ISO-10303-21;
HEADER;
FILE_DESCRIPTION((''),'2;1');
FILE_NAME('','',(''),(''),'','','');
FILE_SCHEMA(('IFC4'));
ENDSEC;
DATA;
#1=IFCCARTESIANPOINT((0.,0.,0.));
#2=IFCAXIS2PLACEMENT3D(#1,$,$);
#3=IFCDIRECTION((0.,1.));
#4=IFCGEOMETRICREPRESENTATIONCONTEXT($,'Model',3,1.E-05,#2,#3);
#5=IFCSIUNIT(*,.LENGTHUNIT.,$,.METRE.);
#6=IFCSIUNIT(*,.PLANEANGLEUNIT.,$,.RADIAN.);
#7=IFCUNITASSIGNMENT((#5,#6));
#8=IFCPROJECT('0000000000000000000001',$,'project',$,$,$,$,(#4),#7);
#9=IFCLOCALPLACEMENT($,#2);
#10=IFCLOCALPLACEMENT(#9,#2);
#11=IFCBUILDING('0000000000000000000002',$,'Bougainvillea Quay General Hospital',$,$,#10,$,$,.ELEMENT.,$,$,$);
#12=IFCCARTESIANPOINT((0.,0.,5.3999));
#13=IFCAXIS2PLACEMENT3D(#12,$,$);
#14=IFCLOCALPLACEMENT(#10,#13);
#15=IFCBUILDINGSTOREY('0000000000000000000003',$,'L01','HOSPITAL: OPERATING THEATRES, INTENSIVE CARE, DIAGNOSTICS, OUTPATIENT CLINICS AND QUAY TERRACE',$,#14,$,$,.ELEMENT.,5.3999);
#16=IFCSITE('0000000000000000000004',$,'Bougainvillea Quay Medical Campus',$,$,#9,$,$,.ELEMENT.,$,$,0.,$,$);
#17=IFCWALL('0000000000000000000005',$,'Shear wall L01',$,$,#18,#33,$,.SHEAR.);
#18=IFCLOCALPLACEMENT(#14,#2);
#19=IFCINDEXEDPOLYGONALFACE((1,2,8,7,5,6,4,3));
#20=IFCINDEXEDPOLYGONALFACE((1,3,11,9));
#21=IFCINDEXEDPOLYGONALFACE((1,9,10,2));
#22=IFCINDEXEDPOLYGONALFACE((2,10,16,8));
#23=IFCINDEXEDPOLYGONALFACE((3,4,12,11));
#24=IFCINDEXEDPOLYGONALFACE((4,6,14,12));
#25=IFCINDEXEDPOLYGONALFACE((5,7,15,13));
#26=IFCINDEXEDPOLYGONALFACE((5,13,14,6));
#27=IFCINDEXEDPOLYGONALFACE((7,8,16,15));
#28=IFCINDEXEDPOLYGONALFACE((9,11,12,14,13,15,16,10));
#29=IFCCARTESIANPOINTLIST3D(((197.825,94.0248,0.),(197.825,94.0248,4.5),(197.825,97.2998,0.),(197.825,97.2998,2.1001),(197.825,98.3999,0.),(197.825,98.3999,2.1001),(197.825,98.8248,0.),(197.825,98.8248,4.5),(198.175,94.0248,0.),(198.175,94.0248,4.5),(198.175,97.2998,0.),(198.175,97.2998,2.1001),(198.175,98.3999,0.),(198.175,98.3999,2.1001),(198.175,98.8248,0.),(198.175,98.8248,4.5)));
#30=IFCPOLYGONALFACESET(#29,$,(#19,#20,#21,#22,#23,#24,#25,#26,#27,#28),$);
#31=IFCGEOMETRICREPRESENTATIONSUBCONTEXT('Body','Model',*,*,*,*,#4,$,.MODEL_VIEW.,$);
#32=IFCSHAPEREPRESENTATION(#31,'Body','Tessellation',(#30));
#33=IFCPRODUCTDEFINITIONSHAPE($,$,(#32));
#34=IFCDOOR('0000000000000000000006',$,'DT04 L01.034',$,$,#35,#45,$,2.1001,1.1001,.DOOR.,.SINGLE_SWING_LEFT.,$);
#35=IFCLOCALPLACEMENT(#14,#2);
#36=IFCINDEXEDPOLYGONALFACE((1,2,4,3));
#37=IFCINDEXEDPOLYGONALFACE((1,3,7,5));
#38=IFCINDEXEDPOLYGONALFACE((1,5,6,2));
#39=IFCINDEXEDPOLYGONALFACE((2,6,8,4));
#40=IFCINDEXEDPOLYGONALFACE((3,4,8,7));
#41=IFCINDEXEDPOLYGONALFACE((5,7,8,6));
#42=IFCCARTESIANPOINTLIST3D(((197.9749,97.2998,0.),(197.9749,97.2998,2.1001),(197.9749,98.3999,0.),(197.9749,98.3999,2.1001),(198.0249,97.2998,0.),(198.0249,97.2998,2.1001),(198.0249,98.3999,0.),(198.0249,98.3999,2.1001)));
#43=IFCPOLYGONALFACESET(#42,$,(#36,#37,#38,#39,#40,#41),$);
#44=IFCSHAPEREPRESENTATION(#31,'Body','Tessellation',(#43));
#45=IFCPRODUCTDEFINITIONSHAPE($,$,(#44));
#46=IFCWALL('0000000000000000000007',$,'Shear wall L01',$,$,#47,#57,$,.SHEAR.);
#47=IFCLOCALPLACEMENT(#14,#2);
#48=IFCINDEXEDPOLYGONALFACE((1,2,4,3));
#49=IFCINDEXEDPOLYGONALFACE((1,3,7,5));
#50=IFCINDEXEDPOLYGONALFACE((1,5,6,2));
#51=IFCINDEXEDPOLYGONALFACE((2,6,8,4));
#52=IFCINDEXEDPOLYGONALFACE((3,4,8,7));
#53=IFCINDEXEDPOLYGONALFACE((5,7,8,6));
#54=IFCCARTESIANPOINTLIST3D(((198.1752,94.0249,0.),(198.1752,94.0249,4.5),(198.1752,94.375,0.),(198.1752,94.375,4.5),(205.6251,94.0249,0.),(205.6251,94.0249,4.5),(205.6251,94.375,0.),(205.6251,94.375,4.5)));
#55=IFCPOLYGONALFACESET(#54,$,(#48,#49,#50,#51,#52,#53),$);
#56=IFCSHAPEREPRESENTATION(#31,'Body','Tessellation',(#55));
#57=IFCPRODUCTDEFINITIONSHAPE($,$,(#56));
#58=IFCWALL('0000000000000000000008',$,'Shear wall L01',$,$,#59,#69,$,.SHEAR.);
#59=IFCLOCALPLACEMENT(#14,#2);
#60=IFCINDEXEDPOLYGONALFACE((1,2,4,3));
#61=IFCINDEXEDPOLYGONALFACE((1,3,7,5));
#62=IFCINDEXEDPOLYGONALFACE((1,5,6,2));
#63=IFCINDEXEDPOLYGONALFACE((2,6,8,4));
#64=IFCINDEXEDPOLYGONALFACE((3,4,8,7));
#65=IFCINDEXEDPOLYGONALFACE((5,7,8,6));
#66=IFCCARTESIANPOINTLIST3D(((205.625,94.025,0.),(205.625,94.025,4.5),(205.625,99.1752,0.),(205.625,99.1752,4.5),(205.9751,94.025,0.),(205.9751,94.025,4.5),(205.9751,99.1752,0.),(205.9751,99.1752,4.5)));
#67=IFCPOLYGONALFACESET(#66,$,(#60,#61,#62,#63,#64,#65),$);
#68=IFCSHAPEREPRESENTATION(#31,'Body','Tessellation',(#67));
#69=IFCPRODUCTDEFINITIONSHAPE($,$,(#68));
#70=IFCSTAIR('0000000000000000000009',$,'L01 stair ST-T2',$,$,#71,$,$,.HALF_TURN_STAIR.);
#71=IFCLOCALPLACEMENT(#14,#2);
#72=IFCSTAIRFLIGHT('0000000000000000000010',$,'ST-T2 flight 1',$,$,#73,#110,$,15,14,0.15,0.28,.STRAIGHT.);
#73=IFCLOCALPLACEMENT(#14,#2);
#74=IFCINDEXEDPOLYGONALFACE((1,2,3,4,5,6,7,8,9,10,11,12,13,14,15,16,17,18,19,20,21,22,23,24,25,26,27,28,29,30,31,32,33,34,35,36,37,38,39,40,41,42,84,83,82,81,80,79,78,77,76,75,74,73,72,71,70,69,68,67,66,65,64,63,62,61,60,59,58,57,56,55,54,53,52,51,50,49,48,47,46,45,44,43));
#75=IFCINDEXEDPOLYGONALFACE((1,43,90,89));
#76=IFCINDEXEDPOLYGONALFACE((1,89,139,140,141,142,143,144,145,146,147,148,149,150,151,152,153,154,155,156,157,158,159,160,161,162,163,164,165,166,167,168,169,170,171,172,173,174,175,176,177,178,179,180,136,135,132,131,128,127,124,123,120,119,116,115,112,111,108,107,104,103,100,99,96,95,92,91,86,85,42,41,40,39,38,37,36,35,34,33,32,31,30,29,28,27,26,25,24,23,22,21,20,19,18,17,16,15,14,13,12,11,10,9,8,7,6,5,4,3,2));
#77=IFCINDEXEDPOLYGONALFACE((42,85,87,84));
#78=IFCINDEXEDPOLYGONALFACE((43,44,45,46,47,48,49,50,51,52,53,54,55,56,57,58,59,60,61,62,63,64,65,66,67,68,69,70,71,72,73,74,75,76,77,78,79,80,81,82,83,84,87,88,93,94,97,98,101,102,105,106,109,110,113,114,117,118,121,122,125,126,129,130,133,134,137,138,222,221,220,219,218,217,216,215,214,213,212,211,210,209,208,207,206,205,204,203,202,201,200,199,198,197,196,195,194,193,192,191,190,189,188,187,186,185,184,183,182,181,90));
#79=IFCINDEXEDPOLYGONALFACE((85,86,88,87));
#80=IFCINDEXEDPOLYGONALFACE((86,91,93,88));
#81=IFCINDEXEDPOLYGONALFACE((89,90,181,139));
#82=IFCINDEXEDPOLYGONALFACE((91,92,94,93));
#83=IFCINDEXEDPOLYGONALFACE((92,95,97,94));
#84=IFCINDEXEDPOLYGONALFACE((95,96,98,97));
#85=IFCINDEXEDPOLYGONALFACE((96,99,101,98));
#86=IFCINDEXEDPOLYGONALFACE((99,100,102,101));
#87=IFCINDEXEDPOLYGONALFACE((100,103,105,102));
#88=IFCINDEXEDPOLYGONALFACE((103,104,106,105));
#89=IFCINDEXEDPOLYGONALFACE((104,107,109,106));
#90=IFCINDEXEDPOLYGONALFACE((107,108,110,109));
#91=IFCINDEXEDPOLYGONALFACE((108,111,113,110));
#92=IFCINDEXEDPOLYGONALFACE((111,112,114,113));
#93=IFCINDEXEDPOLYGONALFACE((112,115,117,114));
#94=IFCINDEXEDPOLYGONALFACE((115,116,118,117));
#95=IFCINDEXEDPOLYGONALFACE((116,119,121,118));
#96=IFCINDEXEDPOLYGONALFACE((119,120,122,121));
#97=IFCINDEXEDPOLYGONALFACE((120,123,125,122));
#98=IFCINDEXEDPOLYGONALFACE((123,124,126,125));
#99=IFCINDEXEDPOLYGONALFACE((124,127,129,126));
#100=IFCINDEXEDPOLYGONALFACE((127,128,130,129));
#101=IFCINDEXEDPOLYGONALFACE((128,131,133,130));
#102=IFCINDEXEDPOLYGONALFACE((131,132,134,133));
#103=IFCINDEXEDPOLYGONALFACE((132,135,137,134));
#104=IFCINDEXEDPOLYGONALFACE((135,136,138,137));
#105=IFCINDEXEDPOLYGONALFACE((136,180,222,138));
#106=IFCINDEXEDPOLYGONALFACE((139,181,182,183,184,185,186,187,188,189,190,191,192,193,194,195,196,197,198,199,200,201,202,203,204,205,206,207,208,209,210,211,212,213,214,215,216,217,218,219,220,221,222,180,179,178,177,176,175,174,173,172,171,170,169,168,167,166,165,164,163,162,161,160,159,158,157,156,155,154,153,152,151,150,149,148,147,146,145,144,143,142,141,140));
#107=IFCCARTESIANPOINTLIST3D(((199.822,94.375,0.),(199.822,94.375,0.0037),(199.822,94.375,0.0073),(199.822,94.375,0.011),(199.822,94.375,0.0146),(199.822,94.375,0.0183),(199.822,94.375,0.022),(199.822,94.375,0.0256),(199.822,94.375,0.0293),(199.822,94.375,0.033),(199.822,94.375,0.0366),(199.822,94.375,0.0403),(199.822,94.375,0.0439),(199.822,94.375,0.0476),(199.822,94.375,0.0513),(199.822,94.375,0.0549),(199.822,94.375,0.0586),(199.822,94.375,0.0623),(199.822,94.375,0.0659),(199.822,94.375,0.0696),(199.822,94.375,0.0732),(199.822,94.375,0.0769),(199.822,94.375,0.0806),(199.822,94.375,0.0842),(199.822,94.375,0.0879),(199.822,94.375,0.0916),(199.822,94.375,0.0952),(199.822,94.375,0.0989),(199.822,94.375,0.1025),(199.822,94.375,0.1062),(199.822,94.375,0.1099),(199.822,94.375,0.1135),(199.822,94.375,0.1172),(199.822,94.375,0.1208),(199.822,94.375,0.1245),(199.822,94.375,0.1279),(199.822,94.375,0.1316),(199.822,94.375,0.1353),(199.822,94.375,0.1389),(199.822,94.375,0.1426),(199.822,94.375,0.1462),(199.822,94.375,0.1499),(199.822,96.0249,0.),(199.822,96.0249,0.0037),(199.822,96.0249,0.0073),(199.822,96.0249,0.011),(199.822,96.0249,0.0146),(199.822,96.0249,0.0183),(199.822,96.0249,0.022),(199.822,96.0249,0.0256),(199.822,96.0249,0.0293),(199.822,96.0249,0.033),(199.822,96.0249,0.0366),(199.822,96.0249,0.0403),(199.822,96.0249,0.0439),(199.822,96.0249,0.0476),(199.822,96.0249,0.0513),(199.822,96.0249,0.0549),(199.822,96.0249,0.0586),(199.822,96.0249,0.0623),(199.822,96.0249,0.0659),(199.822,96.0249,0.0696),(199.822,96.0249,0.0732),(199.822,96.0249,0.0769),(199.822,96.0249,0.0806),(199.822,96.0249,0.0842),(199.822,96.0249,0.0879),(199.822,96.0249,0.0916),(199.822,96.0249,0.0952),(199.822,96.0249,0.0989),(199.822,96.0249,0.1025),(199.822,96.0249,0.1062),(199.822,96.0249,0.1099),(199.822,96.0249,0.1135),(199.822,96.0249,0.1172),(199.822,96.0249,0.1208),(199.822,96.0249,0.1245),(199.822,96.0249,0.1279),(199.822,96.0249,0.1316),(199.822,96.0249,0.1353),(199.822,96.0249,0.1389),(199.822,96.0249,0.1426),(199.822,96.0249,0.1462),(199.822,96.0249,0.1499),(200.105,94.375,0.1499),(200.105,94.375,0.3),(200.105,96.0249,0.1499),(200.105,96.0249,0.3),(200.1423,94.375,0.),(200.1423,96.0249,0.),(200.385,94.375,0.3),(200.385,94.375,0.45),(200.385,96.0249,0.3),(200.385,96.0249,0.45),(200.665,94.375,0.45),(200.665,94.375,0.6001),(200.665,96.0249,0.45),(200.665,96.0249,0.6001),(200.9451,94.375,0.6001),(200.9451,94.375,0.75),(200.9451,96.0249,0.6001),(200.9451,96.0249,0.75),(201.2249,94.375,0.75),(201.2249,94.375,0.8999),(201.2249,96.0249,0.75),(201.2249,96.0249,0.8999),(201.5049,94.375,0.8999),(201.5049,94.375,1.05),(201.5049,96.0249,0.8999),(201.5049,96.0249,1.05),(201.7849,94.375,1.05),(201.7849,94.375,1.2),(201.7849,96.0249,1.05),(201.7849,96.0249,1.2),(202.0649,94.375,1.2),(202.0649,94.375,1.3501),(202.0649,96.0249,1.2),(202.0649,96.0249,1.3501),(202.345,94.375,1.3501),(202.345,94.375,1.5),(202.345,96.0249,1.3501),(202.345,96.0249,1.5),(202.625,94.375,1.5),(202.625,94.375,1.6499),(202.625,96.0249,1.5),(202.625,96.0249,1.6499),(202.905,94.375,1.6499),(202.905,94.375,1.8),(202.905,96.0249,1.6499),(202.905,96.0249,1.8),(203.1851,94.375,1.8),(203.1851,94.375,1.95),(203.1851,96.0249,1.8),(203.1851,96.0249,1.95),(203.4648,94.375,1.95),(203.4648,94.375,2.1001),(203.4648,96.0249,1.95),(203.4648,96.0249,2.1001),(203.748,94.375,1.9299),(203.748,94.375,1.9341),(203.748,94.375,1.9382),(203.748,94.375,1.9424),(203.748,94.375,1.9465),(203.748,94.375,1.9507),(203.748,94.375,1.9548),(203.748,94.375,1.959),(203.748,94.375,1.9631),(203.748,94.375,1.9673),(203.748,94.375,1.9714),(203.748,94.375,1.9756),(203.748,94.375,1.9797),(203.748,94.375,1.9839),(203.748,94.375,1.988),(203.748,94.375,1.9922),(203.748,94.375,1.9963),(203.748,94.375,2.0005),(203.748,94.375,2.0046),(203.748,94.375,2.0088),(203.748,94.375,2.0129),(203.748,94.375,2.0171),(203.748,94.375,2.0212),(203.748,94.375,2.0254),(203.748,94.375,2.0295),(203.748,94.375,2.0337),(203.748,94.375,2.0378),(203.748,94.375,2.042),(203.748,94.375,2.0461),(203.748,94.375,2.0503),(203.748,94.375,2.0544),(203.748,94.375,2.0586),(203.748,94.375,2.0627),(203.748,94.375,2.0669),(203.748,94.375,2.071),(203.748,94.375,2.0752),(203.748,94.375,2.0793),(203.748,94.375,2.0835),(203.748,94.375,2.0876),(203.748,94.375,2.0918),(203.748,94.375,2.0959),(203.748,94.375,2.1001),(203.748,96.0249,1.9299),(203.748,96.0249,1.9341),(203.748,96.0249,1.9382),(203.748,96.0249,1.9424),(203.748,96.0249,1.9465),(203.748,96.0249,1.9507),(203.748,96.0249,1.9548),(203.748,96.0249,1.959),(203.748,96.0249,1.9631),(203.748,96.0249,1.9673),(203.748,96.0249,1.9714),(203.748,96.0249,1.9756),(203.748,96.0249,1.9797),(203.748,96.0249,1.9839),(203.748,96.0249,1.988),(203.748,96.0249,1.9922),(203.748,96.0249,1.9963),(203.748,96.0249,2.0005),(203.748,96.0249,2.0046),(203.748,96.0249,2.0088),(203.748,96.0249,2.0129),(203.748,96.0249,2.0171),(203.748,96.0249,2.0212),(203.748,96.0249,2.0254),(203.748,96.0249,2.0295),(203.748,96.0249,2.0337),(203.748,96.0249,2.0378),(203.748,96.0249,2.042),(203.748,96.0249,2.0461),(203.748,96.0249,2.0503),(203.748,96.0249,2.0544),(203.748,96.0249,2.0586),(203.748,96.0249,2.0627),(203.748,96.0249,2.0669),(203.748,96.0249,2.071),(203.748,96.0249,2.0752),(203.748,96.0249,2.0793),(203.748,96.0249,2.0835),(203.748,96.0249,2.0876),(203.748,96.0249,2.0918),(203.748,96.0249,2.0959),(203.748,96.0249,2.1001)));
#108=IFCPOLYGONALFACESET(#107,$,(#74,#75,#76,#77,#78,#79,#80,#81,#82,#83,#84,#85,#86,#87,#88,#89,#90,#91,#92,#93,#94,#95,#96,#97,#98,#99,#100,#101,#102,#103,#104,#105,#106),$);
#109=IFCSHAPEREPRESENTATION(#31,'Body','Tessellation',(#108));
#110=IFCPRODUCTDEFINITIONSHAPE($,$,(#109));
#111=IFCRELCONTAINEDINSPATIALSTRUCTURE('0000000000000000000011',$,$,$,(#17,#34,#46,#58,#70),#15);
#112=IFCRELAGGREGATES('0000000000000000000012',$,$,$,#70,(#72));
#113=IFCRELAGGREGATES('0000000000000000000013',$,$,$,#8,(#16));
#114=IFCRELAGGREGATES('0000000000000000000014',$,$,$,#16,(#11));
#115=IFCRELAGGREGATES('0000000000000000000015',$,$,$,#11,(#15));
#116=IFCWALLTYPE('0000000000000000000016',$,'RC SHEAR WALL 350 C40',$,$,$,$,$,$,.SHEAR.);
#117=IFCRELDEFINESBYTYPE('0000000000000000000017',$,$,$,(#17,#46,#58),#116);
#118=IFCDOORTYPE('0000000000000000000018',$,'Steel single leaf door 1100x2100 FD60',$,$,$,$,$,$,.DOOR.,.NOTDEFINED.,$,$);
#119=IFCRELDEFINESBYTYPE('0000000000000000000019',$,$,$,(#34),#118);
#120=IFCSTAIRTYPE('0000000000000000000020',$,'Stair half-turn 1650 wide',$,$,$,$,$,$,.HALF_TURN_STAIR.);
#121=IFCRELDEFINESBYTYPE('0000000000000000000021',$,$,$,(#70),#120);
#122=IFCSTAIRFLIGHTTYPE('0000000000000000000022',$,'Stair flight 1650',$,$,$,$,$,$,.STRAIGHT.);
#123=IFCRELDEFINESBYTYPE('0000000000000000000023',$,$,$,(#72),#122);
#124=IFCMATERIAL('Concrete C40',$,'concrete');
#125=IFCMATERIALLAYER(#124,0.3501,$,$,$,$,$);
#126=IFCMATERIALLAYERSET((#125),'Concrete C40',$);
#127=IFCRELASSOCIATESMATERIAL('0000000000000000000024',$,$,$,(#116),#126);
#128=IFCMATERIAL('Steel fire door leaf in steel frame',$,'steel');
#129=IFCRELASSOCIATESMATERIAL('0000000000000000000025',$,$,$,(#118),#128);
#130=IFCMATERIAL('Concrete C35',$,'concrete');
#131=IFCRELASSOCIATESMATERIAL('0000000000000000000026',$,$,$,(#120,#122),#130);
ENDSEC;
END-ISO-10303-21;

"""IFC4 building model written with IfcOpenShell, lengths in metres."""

from ifc_helpers import new_model, si_unit, direction, frame, frame_2d, origin, place, context, subcontext, project, spatial, polyline, rectangle, outline, extrude, material, layer, layer_set, type_object, element, fill, aggregate, save


model = new_model("IFC4")

# Units and contexts
model_context = context("Model", 3, precision=1e-05, world=origin(), true_north=direction((0.0, 1.0)))
body_context = subcontext(model_context, "Body", "Model", "MODEL_VIEW")
ifc_project = project(units=[si_unit("LENGTHUNIT", "METRE"), si_unit("PLANEANGLEUNIT", "RADIAN")], contexts=[model_context])

# Site, building, storey
site_placement = place(None, origin())
site = spatial("IfcSite", under=ifc_project, at=site_placement, Name="Bougainvillea Quay Medical Campus", CompositionType="ELEMENT", RefElevation=0.0)
building_placement = place(site_placement, origin())
building = spatial("IfcBuilding", under=site, at=building_placement, Name="Bougainvillea Quay General Hospital", CompositionType="ELEMENT")
storey_placement = place(building_placement, frame((0.0, 0.0, 5.3999)))
storey = spatial("IfcBuildingStorey", under=building, at=storey_placement, Name="L01", Description="HOSPITAL: OPERATING THEATRES, INTENSIVE CARE, DIAGNOSTICS, OUTPATIENT CLINICS AND QUAY TERRACE", CompositionType="ELEMENT", Elevation=5.3999)

# Shared definitions
ifc_material_1 = material(Name="Concrete C40", Category="concrete")

# Shared definitions
ifc_layer_1 = layer(ifc_material_1, 0.3501)
ifc_layer_set_1 = layer_set([ifc_layer_1], Name="Concrete C40")
wall_type_1 = type_object("IfcWallType", Name="RC SHEAR WALL 350 C40", PredefinedType="SHEAR", material=ifc_layer_set_1)

# Wall, opening, door
wall_1_placement = place(storey_placement, frame((198.0, 94.0249, 0.0), z_axis=(0.0, 0.0, 1.0), x_axis=(0.0, 1.0, 0.0)))
wall_1 = element("IfcWall", 1, at=wall_1_placement, inside=storey, type_object=wall_type_1, Name="Shear wall L01", PredefinedType="SHEAR", context=body_context, shape_type="SweptSolid", body=[
    extrude(rectangle(XDim=4.8, YDim=0.3501, at=frame_2d((2.3999, 0.0))), origin(), (0.0, 0.0, 1.0), 4.5),
])
opening_1_placement = place(wall_1_placement, frame((3.2749, 0.0, 0.0)))
opening_1 = element("IfcOpeningElement", 2, at=opening_1_placement, cuts=wall_1, PredefinedType="OPENING", context=body_context, shape_type="SweptSolid", body=[
    extrude(rectangle(XDim=1.1001, YDim=2.1001, at=frame_2d((0.55, 1.05))), frame((0.0, 0.1851, 0.0), z_axis=(0.0, -1.0, 0.0), x_axis=(1.0, 0.0, 0.0)), (0.0, 0.0, 1.0), 0.3701),
])
ifc_material_2 = material(Name="Steel fire door leaf in steel frame", Category="steel")
door_type = type_object("IfcDoorType", Name="Steel single leaf door 1100x2100 FD60", OperationType="NOTDEFINED", PredefinedType="DOOR", material=ifc_material_2)
door_placement = place(opening_1_placement, frame((1.1001, 0.0, 0.0), z_axis=(0.0, 0.0, 1.0), x_axis=(-1.0, 0.0, 0.0)))
door = element("IfcDoor", 3, at=door_placement, inside=storey, type_object=door_type, Name="DT04 L01.034", OperationType="SINGLE_SWING_LEFT", OverallHeight=2.1001, OverallWidth=1.1001, PredefinedType="DOOR", context=body_context, shape_type="SweptSolid", body=[
    extrude(rectangle(XDim=1.1001, YDim=2.1001, at=frame_2d((0.55, 1.05))), frame((0.0, 0.0249, 0.0), z_axis=(0.0, -1.0, 0.0), x_axis=(1.0, 0.0, 0.0)), (0.0, 0.0, 1.0), 0.05),
])
fill(opening_1, door)

# Walls
wall_2_placement = place(storey_placement, frame((198.175, 94.2, 0.0), z_axis=(0.0, 0.0, 1.0), x_axis=(1.0, 0.0, 0.0)))
element("IfcWall", 4, at=wall_2_placement, inside=storey, type_object=wall_type_1, Name="Shear wall L01", PredefinedType="SHEAR", context=body_context, shape_type="SweptSolid", body=[
    extrude(rectangle(XDim=7.45, YDim=0.3501, at=frame_2d((3.7251, 0.0))), origin(), (0.0, 0.0, 1.0), 4.5),
])
wall_3_placement = place(storey_placement, frame((205.8, 94.0249, 0.0), z_axis=(0.0, 0.0, 1.0), x_axis=(0.0, 1.0, 0.0)))
element("IfcWall", 5, at=wall_3_placement, inside=storey, type_object=wall_type_1, Name="Shear wall L01", PredefinedType="SHEAR", context=body_context, shape_type="SweptSolid", body=[
    extrude(rectangle(XDim=5.1501, YDim=0.3501, at=frame_2d((2.5752, 0.0))), origin(), (0.0, 0.0, 1.0), 4.5),
])

# Stair, stair flight
ifc_material_3 = material(Name="Concrete C35", Category="concrete")
stair_type = type_object("IfcStairType", Name="Stair half-turn 1650 wide", PredefinedType="HALF_TURN_STAIR", material=ifc_material_3)
stair_placement = place(storey_placement, origin())
stair = element("IfcStair", 6, at=stair_placement, inside=storey, type_object=stair_type, Name="L01 stair ST-T2", PredefinedType="HALF_TURN_STAIR")
stair_flight_type = type_object("IfcStairFlightType", Name="Stair flight 1650", PredefinedType="STRAIGHT", material=ifc_material_3)
stair_flight_1_placement = place(storey_placement, frame((199.825, 95.2, 0.0), z_axis=(0.0, 0.0, 1.0), x_axis=(1.0, 0.0, 0.0)))
stair_flight_1 = element("IfcStairFlight", 7, at=stair_flight_1_placement, type_object=stair_flight_type, Name="ST-T2 flight 1", NumberOfRisers=15, NumberOfTreads=14, PredefinedType="STRAIGHT", RiserHeight=0.15, TreadLength=0.28, context=body_context, shape_type="SweptSolid", body=[
    extrude(outline(polyline([(-0.0029, 0.0), (-0.0029, 0.0037), (-0.0029, 0.0073), (-0.0029, 0.011), (-0.0029, 0.0146), (-0.0029, 0.0183), (-0.0029, 0.022), (-0.0029, 0.0256), (-0.0029, 0.0293), (-0.0029, 0.033), (-0.0029, 0.0366), (-0.0029, 0.0403), (-0.0029, 0.0439), (-0.0029, 0.0476), (-0.0029, 0.0513), (-0.0029, 0.0549), (-0.0029, 0.0586), (-0.0029, 0.0623), (-0.0029, 0.0659), (-0.0029, 0.0696), (-0.0029, 0.0732), (-0.0029, 0.0769), (-0.0029, 0.0806), (-0.0029, 0.0842), (-0.0029, 0.0879), (-0.0029, 0.0916), (-0.0029, 0.0952), (-0.0029, 0.0989), (-0.0029, 0.1025), (-0.0029, 0.1062), (-0.0029, 0.1099), (-0.0029, 0.1135), (-0.0029, 0.1172), (-0.0029, 0.1208), (-0.0029, 0.1245), (-0.0029, 0.1279), (-0.0029, 0.1316), (-0.0029, 0.1353), (-0.0029, 0.1389), (-0.0029, 0.1426), (-0.0029, 0.1462), (-0.0029, 0.1499), (0.28, 0.1499), (0.28, 0.3), (0.5601, 0.3), (0.5601, 0.45), (0.8401, 0.45), (0.8401, 0.6001), (1.1201, 0.6001), (1.1201, 0.75), (1.3999, 0.75), (1.3999, 0.8999), (1.6799, 0.8999), (1.6799, 1.05), (1.96, 1.05), (1.96, 1.2), (2.24, 1.2), (2.24, 1.3501), (2.52, 1.3501), (2.52, 1.5), (2.8, 1.5), (2.8, 1.6499), (3.0801, 1.6499), (3.0801, 1.8), (3.3601, 1.8), (3.3601, 1.95), (3.6399, 1.95), (3.6399, 2.1001), (3.9231, 2.1001), (3.9231, 2.0959), (3.9231, 2.0918), (3.9231, 2.0876), (3.9231, 2.0835), (3.9231, 2.0793), (3.9231, 2.0752), (3.9231, 2.071), (3.9231, 2.0669), (3.9231, 2.0627), (3.9231, 2.0586), (3.9231, 2.0544), (3.9231, 2.0503), (3.9231, 2.0461), (3.9231, 2.042), (3.9231, 2.0378), (3.9231, 2.0337), (3.9231, 2.0295), (3.9231, 2.0254), (3.9231, 2.0212), (3.9231, 2.0171), (3.9231, 2.0129), (3.9231, 2.0088), (3.9231, 2.0046), (3.9231, 2.0005), (3.9231, 1.9963), (3.9231, 1.9922), (3.9231, 1.988), (3.9231, 1.9839), (3.9231, 1.9797), (3.9231, 1.9756), (3.9231, 1.9714), (3.9231, 1.9673), (3.9231, 1.9631), (3.9231, 1.959), (3.9231, 1.9548), (3.9231, 1.9507), (3.9231, 1.9465), (3.9231, 1.9424), (3.9231, 1.9382), (3.9231, 1.9341), (3.9231, 1.9299), (0.3174, 0.0), (-0.0029, 0.0)])), frame((0.0, 0.825, 0.0), z_axis=(0.0, -1.0, 0.0), x_axis=(1.0, 0.0, 0.0)), (0.0, 0.0, 1.0), 1.6499),
])
aggregate(stair, [stair_flight_1])

save(model, "model.ifc")
